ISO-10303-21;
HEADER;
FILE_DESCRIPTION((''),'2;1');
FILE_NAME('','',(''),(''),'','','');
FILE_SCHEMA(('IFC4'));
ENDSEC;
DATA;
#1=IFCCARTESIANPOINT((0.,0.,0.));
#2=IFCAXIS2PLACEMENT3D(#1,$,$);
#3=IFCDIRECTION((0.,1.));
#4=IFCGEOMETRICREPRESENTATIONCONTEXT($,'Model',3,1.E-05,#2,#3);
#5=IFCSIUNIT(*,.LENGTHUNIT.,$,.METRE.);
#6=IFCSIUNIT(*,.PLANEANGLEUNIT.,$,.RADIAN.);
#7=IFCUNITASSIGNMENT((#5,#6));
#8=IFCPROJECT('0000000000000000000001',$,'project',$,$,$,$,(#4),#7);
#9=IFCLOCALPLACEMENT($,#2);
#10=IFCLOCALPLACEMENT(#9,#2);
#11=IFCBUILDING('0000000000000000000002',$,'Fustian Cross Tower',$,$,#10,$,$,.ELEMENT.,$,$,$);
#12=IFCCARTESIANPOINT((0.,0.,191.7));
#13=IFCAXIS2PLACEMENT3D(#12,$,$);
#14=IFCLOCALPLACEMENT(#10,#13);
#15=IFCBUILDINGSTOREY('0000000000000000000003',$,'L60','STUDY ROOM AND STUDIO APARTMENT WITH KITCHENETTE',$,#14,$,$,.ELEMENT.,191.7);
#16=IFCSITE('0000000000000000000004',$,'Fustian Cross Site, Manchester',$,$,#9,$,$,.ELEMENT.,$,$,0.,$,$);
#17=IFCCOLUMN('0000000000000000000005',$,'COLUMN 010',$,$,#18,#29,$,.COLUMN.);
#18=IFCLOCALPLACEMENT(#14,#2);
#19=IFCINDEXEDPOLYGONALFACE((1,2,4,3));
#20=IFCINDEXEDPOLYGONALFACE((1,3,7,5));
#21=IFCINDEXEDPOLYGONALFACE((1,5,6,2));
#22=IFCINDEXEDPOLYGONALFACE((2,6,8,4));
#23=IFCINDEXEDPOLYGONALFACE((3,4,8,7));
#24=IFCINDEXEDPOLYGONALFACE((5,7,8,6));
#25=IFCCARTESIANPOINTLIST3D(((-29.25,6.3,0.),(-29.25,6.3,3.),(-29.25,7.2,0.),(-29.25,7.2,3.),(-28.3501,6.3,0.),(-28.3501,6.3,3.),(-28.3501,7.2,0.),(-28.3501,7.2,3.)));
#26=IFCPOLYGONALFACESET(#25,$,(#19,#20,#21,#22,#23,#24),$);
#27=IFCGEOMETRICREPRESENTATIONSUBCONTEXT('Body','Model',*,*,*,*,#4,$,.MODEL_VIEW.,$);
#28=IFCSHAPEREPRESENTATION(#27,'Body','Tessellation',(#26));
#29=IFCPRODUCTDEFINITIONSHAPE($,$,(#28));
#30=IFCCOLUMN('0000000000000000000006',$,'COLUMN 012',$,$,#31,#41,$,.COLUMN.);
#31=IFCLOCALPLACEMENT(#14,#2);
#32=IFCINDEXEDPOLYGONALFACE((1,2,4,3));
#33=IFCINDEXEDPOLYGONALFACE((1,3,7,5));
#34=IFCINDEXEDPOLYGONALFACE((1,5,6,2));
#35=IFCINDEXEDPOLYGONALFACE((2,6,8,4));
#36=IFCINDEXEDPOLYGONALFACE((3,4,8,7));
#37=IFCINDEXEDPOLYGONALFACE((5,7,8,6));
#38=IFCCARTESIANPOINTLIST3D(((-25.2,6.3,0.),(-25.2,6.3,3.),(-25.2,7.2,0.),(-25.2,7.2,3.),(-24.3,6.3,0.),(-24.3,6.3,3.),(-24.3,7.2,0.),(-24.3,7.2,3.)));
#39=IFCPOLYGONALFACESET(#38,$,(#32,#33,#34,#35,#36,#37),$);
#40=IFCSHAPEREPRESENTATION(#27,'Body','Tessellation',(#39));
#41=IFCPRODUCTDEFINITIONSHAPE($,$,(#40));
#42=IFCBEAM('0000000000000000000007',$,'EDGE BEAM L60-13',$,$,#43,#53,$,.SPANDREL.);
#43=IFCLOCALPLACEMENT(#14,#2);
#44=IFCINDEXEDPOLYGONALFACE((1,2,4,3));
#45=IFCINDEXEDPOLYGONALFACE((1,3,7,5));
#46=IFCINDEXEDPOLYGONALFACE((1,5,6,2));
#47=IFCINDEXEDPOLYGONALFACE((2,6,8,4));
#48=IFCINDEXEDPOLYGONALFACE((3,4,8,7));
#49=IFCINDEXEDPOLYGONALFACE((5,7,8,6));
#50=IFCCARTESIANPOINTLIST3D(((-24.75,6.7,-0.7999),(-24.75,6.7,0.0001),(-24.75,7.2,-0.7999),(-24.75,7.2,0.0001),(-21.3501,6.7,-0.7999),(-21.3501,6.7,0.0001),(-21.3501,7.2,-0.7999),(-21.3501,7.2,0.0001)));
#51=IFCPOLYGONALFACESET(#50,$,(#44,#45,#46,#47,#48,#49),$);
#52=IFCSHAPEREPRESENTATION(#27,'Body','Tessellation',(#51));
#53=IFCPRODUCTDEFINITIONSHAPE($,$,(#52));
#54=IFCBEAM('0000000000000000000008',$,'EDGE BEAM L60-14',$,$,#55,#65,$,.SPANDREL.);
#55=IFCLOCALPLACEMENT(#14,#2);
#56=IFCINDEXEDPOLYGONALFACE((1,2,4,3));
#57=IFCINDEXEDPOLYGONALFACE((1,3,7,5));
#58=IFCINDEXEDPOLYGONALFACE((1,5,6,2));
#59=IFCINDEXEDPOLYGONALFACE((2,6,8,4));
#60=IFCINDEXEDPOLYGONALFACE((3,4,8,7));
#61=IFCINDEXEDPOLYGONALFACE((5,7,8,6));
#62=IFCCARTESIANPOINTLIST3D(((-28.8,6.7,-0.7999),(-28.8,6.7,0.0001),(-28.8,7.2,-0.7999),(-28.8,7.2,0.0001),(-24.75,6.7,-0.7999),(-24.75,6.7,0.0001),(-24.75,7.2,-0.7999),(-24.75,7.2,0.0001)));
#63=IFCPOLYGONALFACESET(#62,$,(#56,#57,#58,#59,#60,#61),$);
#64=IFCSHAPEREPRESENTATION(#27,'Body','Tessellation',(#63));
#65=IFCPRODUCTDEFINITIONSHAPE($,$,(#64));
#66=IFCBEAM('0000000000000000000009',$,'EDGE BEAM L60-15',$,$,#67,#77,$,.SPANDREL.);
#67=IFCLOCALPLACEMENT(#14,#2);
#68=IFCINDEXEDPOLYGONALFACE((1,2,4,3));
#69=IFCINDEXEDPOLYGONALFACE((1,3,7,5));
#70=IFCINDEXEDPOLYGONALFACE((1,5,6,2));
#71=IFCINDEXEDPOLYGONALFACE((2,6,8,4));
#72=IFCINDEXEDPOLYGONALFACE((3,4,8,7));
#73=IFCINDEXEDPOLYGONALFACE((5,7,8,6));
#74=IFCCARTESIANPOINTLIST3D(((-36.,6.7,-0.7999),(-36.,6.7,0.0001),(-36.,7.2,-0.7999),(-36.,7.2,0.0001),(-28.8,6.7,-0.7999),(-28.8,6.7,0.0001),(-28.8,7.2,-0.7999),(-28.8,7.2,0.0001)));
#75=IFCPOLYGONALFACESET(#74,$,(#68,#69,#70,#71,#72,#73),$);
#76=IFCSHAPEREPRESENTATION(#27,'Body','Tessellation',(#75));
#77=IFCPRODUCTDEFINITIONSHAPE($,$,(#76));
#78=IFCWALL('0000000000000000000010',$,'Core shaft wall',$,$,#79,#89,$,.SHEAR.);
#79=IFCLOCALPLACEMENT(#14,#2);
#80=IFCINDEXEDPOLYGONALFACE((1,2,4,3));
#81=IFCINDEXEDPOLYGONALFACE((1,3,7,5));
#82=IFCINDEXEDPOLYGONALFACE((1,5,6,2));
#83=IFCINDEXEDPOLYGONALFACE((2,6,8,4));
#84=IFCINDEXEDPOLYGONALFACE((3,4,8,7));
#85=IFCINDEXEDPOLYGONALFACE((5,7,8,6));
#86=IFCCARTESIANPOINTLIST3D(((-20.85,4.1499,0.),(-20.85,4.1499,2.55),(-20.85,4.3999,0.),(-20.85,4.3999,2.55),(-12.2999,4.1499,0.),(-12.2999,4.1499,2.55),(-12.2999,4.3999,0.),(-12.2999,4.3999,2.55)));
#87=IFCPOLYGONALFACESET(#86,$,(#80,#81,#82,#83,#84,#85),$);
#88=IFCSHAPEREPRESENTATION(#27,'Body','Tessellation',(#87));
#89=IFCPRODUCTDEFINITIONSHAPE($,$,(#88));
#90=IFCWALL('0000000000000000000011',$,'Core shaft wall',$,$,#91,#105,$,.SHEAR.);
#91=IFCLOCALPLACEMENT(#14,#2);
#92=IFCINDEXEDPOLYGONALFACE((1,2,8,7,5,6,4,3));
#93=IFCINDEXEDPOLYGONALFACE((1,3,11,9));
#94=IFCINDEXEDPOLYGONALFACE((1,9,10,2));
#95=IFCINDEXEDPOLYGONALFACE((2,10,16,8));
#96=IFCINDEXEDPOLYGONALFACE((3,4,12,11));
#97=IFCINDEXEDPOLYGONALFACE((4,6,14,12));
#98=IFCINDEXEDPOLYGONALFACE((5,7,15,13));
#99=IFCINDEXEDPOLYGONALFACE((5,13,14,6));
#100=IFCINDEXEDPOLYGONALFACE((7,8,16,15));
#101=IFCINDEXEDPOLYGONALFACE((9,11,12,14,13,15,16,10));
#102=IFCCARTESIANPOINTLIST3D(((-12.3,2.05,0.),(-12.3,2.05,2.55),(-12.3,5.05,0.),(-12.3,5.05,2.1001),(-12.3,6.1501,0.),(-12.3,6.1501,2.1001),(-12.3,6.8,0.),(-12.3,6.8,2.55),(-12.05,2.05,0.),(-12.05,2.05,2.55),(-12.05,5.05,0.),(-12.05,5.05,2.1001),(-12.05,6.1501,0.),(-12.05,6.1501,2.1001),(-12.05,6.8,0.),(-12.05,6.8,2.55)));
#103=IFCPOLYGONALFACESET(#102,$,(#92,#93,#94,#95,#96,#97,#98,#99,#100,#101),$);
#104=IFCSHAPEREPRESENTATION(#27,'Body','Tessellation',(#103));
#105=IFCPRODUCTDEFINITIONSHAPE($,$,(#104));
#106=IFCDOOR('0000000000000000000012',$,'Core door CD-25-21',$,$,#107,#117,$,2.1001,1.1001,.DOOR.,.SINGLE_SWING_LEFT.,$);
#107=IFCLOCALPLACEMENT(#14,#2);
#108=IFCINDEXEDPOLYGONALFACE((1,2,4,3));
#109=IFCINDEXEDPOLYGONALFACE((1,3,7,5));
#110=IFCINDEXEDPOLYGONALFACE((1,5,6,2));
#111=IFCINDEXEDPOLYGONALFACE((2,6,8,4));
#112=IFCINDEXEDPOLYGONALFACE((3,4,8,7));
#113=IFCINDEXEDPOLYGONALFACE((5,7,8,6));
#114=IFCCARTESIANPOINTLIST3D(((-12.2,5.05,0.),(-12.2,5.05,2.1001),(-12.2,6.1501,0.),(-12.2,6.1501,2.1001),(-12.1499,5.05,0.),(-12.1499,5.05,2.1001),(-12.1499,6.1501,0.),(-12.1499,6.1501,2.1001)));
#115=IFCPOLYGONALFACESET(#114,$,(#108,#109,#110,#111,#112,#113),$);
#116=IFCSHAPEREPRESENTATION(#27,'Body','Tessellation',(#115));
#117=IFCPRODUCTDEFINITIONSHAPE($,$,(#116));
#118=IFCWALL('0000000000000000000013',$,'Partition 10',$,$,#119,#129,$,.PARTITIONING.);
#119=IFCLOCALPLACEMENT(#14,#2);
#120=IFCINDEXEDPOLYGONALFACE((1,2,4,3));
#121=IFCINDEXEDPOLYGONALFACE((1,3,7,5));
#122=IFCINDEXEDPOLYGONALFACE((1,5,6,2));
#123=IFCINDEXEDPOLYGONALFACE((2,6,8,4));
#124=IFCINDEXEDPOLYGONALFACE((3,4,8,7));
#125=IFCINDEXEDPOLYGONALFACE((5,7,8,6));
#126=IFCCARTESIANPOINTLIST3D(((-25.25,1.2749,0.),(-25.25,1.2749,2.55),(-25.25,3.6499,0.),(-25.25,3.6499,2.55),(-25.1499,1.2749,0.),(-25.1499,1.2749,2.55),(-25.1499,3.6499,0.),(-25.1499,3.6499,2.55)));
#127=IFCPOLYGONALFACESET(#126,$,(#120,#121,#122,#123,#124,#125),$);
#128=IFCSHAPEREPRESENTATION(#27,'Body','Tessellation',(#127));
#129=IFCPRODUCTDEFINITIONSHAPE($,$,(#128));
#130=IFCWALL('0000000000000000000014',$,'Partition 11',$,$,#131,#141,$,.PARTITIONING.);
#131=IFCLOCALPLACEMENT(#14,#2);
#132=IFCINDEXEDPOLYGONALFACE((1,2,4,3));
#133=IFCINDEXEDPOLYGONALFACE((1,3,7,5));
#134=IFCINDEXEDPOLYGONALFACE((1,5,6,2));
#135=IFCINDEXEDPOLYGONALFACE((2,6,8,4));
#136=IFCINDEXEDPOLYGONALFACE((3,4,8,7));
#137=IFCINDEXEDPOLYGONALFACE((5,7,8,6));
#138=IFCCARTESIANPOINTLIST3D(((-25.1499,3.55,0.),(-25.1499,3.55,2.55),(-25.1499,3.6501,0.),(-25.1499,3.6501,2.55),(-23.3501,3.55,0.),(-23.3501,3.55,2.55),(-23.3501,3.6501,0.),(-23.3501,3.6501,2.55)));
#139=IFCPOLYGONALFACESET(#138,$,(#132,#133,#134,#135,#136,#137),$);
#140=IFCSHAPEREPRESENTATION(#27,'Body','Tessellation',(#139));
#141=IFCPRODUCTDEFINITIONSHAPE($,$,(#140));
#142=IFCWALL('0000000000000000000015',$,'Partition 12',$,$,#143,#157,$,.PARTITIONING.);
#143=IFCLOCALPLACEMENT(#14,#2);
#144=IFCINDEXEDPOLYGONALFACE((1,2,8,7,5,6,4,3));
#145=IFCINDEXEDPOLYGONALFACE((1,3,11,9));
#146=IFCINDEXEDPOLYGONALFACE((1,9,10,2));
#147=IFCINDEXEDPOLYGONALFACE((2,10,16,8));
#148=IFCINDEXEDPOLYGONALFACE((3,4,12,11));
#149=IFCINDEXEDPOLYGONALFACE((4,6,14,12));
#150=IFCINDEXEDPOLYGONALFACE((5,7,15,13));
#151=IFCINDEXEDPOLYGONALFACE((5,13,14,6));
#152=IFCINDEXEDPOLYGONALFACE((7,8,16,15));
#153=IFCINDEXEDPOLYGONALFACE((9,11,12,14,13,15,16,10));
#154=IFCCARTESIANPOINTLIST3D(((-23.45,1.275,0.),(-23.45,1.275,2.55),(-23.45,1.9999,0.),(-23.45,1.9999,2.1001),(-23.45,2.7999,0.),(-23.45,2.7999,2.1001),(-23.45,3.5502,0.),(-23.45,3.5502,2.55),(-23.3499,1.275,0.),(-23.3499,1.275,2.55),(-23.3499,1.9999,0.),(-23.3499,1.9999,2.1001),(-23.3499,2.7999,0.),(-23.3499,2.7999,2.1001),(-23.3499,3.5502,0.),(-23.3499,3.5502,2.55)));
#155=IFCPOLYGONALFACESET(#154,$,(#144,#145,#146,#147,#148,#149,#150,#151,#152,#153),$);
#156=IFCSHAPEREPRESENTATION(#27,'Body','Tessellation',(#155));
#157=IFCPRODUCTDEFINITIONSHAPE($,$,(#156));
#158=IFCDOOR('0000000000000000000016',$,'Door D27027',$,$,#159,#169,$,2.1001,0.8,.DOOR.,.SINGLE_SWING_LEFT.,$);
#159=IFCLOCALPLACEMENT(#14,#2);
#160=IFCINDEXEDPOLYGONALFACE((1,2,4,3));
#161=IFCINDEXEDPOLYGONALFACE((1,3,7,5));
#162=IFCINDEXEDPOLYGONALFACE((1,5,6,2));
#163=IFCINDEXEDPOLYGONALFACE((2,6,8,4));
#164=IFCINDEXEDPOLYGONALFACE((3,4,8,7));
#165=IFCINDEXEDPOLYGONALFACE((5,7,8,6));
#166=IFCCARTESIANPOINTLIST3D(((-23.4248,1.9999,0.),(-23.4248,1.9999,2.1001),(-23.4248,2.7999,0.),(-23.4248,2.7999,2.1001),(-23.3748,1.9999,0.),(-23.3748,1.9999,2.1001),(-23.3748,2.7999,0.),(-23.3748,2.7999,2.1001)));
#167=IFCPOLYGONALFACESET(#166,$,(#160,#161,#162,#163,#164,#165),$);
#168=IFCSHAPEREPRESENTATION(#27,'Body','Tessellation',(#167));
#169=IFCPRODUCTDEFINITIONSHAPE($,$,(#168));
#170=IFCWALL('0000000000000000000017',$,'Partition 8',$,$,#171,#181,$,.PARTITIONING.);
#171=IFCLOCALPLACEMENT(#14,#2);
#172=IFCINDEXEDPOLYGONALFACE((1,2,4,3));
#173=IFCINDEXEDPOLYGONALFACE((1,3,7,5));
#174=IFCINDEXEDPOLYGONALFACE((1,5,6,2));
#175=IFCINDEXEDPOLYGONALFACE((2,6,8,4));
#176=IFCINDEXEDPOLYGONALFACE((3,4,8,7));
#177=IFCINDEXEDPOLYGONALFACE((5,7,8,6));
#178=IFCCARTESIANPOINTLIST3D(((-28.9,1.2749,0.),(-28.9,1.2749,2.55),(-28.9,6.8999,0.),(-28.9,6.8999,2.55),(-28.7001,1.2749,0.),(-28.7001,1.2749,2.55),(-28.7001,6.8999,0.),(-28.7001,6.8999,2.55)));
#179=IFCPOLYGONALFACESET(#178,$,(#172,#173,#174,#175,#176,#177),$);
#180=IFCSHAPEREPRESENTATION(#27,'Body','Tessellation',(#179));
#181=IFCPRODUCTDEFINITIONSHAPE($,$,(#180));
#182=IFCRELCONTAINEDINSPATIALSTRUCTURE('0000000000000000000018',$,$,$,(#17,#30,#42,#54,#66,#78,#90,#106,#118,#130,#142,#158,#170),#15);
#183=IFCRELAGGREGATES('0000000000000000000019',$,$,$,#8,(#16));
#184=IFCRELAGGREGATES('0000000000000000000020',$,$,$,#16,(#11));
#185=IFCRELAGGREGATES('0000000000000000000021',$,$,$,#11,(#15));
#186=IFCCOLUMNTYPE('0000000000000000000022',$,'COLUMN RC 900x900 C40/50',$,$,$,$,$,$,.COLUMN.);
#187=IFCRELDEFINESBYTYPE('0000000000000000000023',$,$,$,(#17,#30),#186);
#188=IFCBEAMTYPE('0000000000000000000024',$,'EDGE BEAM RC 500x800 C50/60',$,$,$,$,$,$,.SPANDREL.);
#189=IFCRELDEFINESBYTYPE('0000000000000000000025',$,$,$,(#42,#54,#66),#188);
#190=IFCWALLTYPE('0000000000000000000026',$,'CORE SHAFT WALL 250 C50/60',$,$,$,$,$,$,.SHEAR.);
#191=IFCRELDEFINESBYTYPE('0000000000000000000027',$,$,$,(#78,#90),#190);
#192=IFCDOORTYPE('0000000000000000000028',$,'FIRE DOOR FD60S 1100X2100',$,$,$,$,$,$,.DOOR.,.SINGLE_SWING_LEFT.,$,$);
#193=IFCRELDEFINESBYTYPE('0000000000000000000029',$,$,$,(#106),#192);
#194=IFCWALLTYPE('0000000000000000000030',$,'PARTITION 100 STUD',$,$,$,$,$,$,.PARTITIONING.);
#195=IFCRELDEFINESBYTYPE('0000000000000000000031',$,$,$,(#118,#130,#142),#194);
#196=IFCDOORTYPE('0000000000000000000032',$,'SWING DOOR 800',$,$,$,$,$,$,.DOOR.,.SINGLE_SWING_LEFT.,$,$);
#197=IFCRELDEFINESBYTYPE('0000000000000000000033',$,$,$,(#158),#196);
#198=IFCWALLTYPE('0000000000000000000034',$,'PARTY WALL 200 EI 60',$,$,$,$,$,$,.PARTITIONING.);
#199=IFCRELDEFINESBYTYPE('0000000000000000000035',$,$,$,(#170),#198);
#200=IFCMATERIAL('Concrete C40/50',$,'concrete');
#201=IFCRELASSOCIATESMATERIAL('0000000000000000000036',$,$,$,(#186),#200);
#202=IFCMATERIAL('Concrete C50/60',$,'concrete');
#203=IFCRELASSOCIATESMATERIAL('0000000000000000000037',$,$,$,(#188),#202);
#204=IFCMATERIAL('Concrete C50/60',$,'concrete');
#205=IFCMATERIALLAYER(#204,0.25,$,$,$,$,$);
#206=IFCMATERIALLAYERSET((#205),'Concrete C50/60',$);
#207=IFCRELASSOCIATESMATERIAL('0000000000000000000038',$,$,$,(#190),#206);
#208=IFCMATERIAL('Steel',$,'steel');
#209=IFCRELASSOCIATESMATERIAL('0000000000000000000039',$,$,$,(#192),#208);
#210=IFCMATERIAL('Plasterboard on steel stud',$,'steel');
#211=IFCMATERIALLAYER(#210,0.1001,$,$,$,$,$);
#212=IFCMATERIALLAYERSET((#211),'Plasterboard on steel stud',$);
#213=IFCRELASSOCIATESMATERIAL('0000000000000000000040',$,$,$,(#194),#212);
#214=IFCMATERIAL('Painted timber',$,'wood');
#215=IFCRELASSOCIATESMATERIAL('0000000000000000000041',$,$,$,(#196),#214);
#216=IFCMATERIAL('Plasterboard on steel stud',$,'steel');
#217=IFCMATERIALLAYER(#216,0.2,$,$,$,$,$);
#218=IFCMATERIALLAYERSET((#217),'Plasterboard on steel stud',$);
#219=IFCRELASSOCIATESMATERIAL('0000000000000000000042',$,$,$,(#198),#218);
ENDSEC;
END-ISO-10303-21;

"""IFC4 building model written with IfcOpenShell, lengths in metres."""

from ifc_helpers import new_model, si_unit, direction, frame, frame_2d, origin, origin_2d, place, context, subcontext, project, spatial, rectangle, extrude, material, layer, layer_set, material_profile, profile_set, type_object, element, fill, save


model = new_model("IFC4")

# Units and contexts
model_context = context("Model", 3, precision=1e-05, world=origin(), true_north=direction((0.0, 1.0)))
body_context = subcontext(model_context, "Body", "Model", "MODEL_VIEW")
ifc_project = project(units=[si_unit("LENGTHUNIT", "METRE"), si_unit("PLANEANGLEUNIT", "RADIAN")], contexts=[model_context])

# Site, building, storey
site_placement = place(None, origin())
site = spatial("IfcSite", under=ifc_project, at=site_placement, Name="Fustian Cross Site, Manchester", CompositionType="ELEMENT", RefElevation=0.0)
building_placement = place(site_placement, origin())
building = spatial("IfcBuilding", under=site, at=building_placement, Name="Fustian Cross Tower", CompositionType="ELEMENT")
storey_placement = place(building_placement, frame((0.0, 0.0, 191.7)))
storey = spatial("IfcBuildingStorey", under=building, at=storey_placement, Name="L60", Description="STUDY ROOM AND STUDIO APARTMENT WITH KITCHENETTE", CompositionType="ELEMENT", Elevation=191.7)

# Columns
ifc_material_1 = material(Name="Concrete C40/50", Category="concrete")
ifc_material_profile_1 = material_profile(ifc_material_1, rectangle(XDim=0.8999, YDim=0.8999, at=origin_2d()), Name="RC 900x900")
ifc_profile_set_1 = profile_set([ifc_material_profile_1], Name="Concrete C40/50")
column_type = type_object("IfcColumnType", Name="COLUMN RC 900x900 C40/50", PredefinedType="COLUMN", material=ifc_profile_set_1)
for number, where, z_axis, x_axis, name in (
    (1, (-28.8, 6.75, 0.0), (0.0, 0.0, 1.0), (1.0, 0.0, 0.0), "COLUMN 010"),
    (2, (-24.75, 6.75, 0.0), (0.0, 0.0, 1.0), (1.0, 0.0, 0.0), "COLUMN 012"),
):
    element("IfcColumn", number, at=place(storey_placement, frame(where, z_axis=z_axis, x_axis=x_axis)), inside=storey, type_object=column_type, Name=name, PredefinedType="COLUMN", context=body_context, shape_type="SweptSolid", body=[
        extrude(rectangle(XDim=0.8999, YDim=0.8999, at=origin_2d()), origin(), (0.0, 0.0, 1.0), 3.0),
    ])

# Beams
ifc_material_2 = material(Name="Concrete C50/60", Category="concrete")
ifc_material_profile_2 = material_profile(ifc_material_2, rectangle(XDim=0.5, YDim=0.8, at=origin_2d()), Name="RC 500x800")
ifc_profile_set_2 = profile_set([ifc_material_profile_2], Name="Concrete C50/60")
beam_type = type_object("IfcBeamType", Name="EDGE BEAM RC 500x800 C50/60", PredefinedType="SPANDREL", material=ifc_profile_set_2)
beam_1_placement = place(storey_placement, frame((-21.3501, 6.95, -0.3999), z_axis=(-1.0, 0.0, 0.0), x_axis=(0.0, -1.0, 0.0)))
element("IfcBeam", 3, at=beam_1_placement, inside=storey, type_object=beam_type, Name="EDGE BEAM L60-13", PredefinedType="SPANDREL", context=body_context, shape_type="SweptSolid", body=[
    extrude(rectangle(XDim=0.5, YDim=0.8, at=origin_2d()), origin(), (0.0, 0.0, 1.0), 3.3999),
])
beam_2_placement = place(storey_placement, frame((-24.75, 6.95, -0.3999), z_axis=(-1.0, 0.0, 0.0), x_axis=(0.0, -1.0, 0.0)))
element("IfcBeam", 4, at=beam_2_placement, inside=storey, type_object=beam_type, Name="EDGE BEAM L60-14", PredefinedType="SPANDREL", context=body_context, shape_type="SweptSolid", body=[
    extrude(rectangle(XDim=0.5, YDim=0.8, at=origin_2d()), origin(), (0.0, 0.0, 1.0), 4.05),
])
beam_3_placement = place(storey_placement, frame((-28.8, 6.95, -0.3999), z_axis=(-1.0, 0.0, 0.0), x_axis=(0.0, -1.0, 0.0)))
element("IfcBeam", 5, at=beam_3_placement, inside=storey, type_object=beam_type, Name="EDGE BEAM L60-15", PredefinedType="SPANDREL", context=body_context, shape_type="SweptSolid", body=[
    extrude(rectangle(XDim=0.5, YDim=0.8, at=origin_2d()), origin(), (0.0, 0.0, 1.0), 7.2),
])

# Wall
ifc_material_3 = material(Name="Concrete C50/60", Category="concrete")
ifc_layer_1 = layer(ifc_material_3, 0.25)
ifc_layer_set_1 = layer_set([ifc_layer_1], Name="Concrete C50/60")
wall_type_1 = type_object("IfcWallType", Name="CORE SHAFT WALL 250 C50/60", PredefinedType="SHEAR", material=ifc_layer_set_1)
wall_1_placement = place(storey_placement, frame((-12.3, 4.2749, 0.0), z_axis=(0.0, 0.0, 1.0), x_axis=(-1.0, 0.0, 0.0)))
element("IfcWall", 6, at=wall_1_placement, inside=storey, type_object=wall_type_1, Name="Core shaft wall", PredefinedType="SHEAR", context=body_context, shape_type="SweptSolid", body=[
    extrude(rectangle(XDim=8.55, YDim=0.25, at=frame_2d((4.2749, 0.0))), origin(), (0.0, 0.0, 1.0), 2.55),
])

# Wall, opening, door
wall_2_placement = place(storey_placement, frame((-12.175, 2.05, 0.0), z_axis=(0.0, 0.0, 1.0), x_axis=(0.0, 1.0, 0.0)))
wall_2 = element("IfcWall", 7, at=wall_2_placement, inside=storey, type_object=wall_type_1, Name="Core shaft wall", PredefinedType="SHEAR", context=body_context, shape_type="SweptSolid", body=[
    extrude(rectangle(XDim=4.75, YDim=0.25, at=frame_2d((2.375, 0.0))), origin(), (0.0, 0.0, 1.0), 2.55),
])
opening_1_placement = place(wall_2_placement, frame((3.0, 0.0, 0.0)))
opening_1 = element("IfcOpeningElement", 8, at=opening_1_placement, cuts=wall_2, PredefinedType="OPENING", context=body_context, shape_type="SweptSolid", body=[
    extrude(rectangle(XDim=1.1001, YDim=2.1001, at=frame_2d((0.55, 1.05))), frame((0.0, 0.135, 0.0), z_axis=(0.0, -1.0, 0.0), x_axis=(1.0, 0.0, 0.0)), (0.0, 0.0, 1.0), 0.27),
])
ifc_material_4 = material(Name="Steel", Category="steel")
door_type_1 = type_object("IfcDoorType", Name="FIRE DOOR FD60S 1100X2100", OperationType="SINGLE_SWING_LEFT", PredefinedType="DOOR", material=ifc_material_4)
door_1_placement = place(opening_1_placement, origin())
door_1 = element("IfcDoor", 9, at=door_1_placement, inside=storey, type_object=door_type_1, Name="Core door CD-25-21", OperationType="SINGLE_SWING_LEFT", OverallHeight=2.1001, OverallWidth=1.1001, PredefinedType="DOOR", context=body_context, shape_type="SweptSolid", body=[
    extrude(rectangle(XDim=1.1001, YDim=2.1001, at=frame_2d((0.55, 1.05))), frame((0.0, 0.0249, 0.0), z_axis=(0.0, -1.0, 0.0), x_axis=(1.0, 0.0, 0.0)), (0.0, 0.0, 1.0), 0.05),
])
fill(opening_1, door_1)

# Walls
ifc_material_5 = material(Name="Plasterboard on steel stud", Category="steel")
ifc_layer_2 = layer(ifc_material_5, 0.1001)
ifc_layer_set_2 = layer_set([ifc_layer_2], Name="Plasterboard on steel stud")
wall_type_2 = type_object("IfcWallType", Name="PARTITION 100 STUD", PredefinedType="PARTITIONING", material=ifc_layer_set_2)
wall_3_placement = place(storey_placement, frame((-25.2, 1.2749, 0.0), z_axis=(0.0, 0.0, 1.0), x_axis=(0.0, 1.0, 0.0)))
element("IfcWall", 10, at=wall_3_placement, inside=storey, type_object=wall_type_2, Name="Partition 10", PredefinedType="PARTITIONING", context=body_context, shape_type="SweptSolid", body=[
    extrude(rectangle(XDim=2.375, YDim=0.1001, at=frame_2d((1.1875, 0.0))), origin(), (0.0, 0.0, 1.0), 2.55),
])
wall_4_placement = place(storey_placement, frame((-25.1499, 3.6001, 0.0), z_axis=(0.0, 0.0, 1.0), x_axis=(1.0, 0.0, 0.0)))
element("IfcWall", 11, at=wall_4_placement, inside=storey, type_object=wall_type_2, Name="Partition 11", PredefinedType="PARTITIONING", context=body_context, shape_type="SweptSolid", body=[
    extrude(rectangle(XDim=1.7998, YDim=0.1001, at=frame_2d((0.8999, 0.0))), origin(), (0.0, 0.0, 1.0), 2.55),
])

# Wall, opening, door
wall_5_placement = place(storey_placement, frame((-23.3999, 1.2749, 0.0), z_axis=(0.0, 0.0, 1.0), x_axis=(0.0, 1.0, 0.0)))
wall_5 = element("IfcWall", 12, at=wall_5_placement, inside=storey, type_object=wall_type_2, Name="Partition 12", PredefinedType="PARTITIONING", context=body_context, shape_type="SweptSolid", body=[
    extrude(rectangle(XDim=2.2751, YDim=0.1001, at=frame_2d((1.1377, 0.0))), origin(), (0.0, 0.0, 1.0), 2.55),
])
opening_2_placement = place(wall_5_placement, frame((0.7251, 0.0, 0.0)))
opening_2 = element("IfcOpeningElement", 13, at=opening_2_placement, cuts=wall_5, PredefinedType="OPENING", context=body_context, shape_type="SweptSolid", body=[
    extrude(rectangle(XDim=0.8, YDim=2.1001, at=frame_2d((0.3999, 1.05))), frame((0.0, 0.0601, 0.0), z_axis=(0.0, -1.0, 0.0), x_axis=(1.0, 0.0, 0.0)), (0.0, 0.0, 1.0), 0.1201),
])
ifc_material_6 = material(Name="Painted timber", Category="wood")
door_type_2 = type_object("IfcDoorType", Name="SWING DOOR 800", OperationType="SINGLE_SWING_LEFT", PredefinedType="DOOR", material=ifc_material_6)
door_2_placement = place(opening_2_placement, origin())
door_2 = element("IfcDoor", 14, at=door_2_placement, inside=storey, type_object=door_type_2, Name="Door D27027", OperationType="SINGLE_SWING_LEFT", OverallHeight=2.1001, OverallWidth=0.8, PredefinedType="DOOR", context=body_context, shape_type="SweptSolid", body=[
    extrude(rectangle(XDim=0.8, YDim=2.1001, at=frame_2d((0.3999, 1.05))), frame((0.0, 0.0249, 0.0), z_axis=(0.0, -1.0, 0.0), x_axis=(1.0, 0.0, 0.0)), (0.0, 0.0, 1.0), 0.05),
])
fill(opening_2, door_2)

# Wall
ifc_material_7 = material(Name="Plasterboard on steel stud", Category="steel")
ifc_layer_3 = layer(ifc_material_7, 0.2)
ifc_layer_set_3 = layer_set([ifc_layer_3], Name="Plasterboard on steel stud")
wall_type_3 = type_object("IfcWallType", Name="PARTY WALL 200 EI 60", PredefinedType="PARTITIONING", material=ifc_layer_set_3)
wall_6_placement = place(storey_placement, frame((-28.8, 1.2749, 0.0), z_axis=(0.0, 0.0, 1.0), x_axis=(0.0, 1.0, 0.0)))
element("IfcWall", 15, at=wall_6_placement, inside=storey, type_object=wall_type_3, Name="Partition 8", PredefinedType="PARTITIONING", context=body_context, shape_type="SweptSolid", body=[
    extrude(rectangle(XDim=5.625, YDim=0.2, at=frame_2d((2.8125, 0.0))), origin(), (0.0, 0.0, 1.0), 2.55),
])

save(model, "model.ifc")
